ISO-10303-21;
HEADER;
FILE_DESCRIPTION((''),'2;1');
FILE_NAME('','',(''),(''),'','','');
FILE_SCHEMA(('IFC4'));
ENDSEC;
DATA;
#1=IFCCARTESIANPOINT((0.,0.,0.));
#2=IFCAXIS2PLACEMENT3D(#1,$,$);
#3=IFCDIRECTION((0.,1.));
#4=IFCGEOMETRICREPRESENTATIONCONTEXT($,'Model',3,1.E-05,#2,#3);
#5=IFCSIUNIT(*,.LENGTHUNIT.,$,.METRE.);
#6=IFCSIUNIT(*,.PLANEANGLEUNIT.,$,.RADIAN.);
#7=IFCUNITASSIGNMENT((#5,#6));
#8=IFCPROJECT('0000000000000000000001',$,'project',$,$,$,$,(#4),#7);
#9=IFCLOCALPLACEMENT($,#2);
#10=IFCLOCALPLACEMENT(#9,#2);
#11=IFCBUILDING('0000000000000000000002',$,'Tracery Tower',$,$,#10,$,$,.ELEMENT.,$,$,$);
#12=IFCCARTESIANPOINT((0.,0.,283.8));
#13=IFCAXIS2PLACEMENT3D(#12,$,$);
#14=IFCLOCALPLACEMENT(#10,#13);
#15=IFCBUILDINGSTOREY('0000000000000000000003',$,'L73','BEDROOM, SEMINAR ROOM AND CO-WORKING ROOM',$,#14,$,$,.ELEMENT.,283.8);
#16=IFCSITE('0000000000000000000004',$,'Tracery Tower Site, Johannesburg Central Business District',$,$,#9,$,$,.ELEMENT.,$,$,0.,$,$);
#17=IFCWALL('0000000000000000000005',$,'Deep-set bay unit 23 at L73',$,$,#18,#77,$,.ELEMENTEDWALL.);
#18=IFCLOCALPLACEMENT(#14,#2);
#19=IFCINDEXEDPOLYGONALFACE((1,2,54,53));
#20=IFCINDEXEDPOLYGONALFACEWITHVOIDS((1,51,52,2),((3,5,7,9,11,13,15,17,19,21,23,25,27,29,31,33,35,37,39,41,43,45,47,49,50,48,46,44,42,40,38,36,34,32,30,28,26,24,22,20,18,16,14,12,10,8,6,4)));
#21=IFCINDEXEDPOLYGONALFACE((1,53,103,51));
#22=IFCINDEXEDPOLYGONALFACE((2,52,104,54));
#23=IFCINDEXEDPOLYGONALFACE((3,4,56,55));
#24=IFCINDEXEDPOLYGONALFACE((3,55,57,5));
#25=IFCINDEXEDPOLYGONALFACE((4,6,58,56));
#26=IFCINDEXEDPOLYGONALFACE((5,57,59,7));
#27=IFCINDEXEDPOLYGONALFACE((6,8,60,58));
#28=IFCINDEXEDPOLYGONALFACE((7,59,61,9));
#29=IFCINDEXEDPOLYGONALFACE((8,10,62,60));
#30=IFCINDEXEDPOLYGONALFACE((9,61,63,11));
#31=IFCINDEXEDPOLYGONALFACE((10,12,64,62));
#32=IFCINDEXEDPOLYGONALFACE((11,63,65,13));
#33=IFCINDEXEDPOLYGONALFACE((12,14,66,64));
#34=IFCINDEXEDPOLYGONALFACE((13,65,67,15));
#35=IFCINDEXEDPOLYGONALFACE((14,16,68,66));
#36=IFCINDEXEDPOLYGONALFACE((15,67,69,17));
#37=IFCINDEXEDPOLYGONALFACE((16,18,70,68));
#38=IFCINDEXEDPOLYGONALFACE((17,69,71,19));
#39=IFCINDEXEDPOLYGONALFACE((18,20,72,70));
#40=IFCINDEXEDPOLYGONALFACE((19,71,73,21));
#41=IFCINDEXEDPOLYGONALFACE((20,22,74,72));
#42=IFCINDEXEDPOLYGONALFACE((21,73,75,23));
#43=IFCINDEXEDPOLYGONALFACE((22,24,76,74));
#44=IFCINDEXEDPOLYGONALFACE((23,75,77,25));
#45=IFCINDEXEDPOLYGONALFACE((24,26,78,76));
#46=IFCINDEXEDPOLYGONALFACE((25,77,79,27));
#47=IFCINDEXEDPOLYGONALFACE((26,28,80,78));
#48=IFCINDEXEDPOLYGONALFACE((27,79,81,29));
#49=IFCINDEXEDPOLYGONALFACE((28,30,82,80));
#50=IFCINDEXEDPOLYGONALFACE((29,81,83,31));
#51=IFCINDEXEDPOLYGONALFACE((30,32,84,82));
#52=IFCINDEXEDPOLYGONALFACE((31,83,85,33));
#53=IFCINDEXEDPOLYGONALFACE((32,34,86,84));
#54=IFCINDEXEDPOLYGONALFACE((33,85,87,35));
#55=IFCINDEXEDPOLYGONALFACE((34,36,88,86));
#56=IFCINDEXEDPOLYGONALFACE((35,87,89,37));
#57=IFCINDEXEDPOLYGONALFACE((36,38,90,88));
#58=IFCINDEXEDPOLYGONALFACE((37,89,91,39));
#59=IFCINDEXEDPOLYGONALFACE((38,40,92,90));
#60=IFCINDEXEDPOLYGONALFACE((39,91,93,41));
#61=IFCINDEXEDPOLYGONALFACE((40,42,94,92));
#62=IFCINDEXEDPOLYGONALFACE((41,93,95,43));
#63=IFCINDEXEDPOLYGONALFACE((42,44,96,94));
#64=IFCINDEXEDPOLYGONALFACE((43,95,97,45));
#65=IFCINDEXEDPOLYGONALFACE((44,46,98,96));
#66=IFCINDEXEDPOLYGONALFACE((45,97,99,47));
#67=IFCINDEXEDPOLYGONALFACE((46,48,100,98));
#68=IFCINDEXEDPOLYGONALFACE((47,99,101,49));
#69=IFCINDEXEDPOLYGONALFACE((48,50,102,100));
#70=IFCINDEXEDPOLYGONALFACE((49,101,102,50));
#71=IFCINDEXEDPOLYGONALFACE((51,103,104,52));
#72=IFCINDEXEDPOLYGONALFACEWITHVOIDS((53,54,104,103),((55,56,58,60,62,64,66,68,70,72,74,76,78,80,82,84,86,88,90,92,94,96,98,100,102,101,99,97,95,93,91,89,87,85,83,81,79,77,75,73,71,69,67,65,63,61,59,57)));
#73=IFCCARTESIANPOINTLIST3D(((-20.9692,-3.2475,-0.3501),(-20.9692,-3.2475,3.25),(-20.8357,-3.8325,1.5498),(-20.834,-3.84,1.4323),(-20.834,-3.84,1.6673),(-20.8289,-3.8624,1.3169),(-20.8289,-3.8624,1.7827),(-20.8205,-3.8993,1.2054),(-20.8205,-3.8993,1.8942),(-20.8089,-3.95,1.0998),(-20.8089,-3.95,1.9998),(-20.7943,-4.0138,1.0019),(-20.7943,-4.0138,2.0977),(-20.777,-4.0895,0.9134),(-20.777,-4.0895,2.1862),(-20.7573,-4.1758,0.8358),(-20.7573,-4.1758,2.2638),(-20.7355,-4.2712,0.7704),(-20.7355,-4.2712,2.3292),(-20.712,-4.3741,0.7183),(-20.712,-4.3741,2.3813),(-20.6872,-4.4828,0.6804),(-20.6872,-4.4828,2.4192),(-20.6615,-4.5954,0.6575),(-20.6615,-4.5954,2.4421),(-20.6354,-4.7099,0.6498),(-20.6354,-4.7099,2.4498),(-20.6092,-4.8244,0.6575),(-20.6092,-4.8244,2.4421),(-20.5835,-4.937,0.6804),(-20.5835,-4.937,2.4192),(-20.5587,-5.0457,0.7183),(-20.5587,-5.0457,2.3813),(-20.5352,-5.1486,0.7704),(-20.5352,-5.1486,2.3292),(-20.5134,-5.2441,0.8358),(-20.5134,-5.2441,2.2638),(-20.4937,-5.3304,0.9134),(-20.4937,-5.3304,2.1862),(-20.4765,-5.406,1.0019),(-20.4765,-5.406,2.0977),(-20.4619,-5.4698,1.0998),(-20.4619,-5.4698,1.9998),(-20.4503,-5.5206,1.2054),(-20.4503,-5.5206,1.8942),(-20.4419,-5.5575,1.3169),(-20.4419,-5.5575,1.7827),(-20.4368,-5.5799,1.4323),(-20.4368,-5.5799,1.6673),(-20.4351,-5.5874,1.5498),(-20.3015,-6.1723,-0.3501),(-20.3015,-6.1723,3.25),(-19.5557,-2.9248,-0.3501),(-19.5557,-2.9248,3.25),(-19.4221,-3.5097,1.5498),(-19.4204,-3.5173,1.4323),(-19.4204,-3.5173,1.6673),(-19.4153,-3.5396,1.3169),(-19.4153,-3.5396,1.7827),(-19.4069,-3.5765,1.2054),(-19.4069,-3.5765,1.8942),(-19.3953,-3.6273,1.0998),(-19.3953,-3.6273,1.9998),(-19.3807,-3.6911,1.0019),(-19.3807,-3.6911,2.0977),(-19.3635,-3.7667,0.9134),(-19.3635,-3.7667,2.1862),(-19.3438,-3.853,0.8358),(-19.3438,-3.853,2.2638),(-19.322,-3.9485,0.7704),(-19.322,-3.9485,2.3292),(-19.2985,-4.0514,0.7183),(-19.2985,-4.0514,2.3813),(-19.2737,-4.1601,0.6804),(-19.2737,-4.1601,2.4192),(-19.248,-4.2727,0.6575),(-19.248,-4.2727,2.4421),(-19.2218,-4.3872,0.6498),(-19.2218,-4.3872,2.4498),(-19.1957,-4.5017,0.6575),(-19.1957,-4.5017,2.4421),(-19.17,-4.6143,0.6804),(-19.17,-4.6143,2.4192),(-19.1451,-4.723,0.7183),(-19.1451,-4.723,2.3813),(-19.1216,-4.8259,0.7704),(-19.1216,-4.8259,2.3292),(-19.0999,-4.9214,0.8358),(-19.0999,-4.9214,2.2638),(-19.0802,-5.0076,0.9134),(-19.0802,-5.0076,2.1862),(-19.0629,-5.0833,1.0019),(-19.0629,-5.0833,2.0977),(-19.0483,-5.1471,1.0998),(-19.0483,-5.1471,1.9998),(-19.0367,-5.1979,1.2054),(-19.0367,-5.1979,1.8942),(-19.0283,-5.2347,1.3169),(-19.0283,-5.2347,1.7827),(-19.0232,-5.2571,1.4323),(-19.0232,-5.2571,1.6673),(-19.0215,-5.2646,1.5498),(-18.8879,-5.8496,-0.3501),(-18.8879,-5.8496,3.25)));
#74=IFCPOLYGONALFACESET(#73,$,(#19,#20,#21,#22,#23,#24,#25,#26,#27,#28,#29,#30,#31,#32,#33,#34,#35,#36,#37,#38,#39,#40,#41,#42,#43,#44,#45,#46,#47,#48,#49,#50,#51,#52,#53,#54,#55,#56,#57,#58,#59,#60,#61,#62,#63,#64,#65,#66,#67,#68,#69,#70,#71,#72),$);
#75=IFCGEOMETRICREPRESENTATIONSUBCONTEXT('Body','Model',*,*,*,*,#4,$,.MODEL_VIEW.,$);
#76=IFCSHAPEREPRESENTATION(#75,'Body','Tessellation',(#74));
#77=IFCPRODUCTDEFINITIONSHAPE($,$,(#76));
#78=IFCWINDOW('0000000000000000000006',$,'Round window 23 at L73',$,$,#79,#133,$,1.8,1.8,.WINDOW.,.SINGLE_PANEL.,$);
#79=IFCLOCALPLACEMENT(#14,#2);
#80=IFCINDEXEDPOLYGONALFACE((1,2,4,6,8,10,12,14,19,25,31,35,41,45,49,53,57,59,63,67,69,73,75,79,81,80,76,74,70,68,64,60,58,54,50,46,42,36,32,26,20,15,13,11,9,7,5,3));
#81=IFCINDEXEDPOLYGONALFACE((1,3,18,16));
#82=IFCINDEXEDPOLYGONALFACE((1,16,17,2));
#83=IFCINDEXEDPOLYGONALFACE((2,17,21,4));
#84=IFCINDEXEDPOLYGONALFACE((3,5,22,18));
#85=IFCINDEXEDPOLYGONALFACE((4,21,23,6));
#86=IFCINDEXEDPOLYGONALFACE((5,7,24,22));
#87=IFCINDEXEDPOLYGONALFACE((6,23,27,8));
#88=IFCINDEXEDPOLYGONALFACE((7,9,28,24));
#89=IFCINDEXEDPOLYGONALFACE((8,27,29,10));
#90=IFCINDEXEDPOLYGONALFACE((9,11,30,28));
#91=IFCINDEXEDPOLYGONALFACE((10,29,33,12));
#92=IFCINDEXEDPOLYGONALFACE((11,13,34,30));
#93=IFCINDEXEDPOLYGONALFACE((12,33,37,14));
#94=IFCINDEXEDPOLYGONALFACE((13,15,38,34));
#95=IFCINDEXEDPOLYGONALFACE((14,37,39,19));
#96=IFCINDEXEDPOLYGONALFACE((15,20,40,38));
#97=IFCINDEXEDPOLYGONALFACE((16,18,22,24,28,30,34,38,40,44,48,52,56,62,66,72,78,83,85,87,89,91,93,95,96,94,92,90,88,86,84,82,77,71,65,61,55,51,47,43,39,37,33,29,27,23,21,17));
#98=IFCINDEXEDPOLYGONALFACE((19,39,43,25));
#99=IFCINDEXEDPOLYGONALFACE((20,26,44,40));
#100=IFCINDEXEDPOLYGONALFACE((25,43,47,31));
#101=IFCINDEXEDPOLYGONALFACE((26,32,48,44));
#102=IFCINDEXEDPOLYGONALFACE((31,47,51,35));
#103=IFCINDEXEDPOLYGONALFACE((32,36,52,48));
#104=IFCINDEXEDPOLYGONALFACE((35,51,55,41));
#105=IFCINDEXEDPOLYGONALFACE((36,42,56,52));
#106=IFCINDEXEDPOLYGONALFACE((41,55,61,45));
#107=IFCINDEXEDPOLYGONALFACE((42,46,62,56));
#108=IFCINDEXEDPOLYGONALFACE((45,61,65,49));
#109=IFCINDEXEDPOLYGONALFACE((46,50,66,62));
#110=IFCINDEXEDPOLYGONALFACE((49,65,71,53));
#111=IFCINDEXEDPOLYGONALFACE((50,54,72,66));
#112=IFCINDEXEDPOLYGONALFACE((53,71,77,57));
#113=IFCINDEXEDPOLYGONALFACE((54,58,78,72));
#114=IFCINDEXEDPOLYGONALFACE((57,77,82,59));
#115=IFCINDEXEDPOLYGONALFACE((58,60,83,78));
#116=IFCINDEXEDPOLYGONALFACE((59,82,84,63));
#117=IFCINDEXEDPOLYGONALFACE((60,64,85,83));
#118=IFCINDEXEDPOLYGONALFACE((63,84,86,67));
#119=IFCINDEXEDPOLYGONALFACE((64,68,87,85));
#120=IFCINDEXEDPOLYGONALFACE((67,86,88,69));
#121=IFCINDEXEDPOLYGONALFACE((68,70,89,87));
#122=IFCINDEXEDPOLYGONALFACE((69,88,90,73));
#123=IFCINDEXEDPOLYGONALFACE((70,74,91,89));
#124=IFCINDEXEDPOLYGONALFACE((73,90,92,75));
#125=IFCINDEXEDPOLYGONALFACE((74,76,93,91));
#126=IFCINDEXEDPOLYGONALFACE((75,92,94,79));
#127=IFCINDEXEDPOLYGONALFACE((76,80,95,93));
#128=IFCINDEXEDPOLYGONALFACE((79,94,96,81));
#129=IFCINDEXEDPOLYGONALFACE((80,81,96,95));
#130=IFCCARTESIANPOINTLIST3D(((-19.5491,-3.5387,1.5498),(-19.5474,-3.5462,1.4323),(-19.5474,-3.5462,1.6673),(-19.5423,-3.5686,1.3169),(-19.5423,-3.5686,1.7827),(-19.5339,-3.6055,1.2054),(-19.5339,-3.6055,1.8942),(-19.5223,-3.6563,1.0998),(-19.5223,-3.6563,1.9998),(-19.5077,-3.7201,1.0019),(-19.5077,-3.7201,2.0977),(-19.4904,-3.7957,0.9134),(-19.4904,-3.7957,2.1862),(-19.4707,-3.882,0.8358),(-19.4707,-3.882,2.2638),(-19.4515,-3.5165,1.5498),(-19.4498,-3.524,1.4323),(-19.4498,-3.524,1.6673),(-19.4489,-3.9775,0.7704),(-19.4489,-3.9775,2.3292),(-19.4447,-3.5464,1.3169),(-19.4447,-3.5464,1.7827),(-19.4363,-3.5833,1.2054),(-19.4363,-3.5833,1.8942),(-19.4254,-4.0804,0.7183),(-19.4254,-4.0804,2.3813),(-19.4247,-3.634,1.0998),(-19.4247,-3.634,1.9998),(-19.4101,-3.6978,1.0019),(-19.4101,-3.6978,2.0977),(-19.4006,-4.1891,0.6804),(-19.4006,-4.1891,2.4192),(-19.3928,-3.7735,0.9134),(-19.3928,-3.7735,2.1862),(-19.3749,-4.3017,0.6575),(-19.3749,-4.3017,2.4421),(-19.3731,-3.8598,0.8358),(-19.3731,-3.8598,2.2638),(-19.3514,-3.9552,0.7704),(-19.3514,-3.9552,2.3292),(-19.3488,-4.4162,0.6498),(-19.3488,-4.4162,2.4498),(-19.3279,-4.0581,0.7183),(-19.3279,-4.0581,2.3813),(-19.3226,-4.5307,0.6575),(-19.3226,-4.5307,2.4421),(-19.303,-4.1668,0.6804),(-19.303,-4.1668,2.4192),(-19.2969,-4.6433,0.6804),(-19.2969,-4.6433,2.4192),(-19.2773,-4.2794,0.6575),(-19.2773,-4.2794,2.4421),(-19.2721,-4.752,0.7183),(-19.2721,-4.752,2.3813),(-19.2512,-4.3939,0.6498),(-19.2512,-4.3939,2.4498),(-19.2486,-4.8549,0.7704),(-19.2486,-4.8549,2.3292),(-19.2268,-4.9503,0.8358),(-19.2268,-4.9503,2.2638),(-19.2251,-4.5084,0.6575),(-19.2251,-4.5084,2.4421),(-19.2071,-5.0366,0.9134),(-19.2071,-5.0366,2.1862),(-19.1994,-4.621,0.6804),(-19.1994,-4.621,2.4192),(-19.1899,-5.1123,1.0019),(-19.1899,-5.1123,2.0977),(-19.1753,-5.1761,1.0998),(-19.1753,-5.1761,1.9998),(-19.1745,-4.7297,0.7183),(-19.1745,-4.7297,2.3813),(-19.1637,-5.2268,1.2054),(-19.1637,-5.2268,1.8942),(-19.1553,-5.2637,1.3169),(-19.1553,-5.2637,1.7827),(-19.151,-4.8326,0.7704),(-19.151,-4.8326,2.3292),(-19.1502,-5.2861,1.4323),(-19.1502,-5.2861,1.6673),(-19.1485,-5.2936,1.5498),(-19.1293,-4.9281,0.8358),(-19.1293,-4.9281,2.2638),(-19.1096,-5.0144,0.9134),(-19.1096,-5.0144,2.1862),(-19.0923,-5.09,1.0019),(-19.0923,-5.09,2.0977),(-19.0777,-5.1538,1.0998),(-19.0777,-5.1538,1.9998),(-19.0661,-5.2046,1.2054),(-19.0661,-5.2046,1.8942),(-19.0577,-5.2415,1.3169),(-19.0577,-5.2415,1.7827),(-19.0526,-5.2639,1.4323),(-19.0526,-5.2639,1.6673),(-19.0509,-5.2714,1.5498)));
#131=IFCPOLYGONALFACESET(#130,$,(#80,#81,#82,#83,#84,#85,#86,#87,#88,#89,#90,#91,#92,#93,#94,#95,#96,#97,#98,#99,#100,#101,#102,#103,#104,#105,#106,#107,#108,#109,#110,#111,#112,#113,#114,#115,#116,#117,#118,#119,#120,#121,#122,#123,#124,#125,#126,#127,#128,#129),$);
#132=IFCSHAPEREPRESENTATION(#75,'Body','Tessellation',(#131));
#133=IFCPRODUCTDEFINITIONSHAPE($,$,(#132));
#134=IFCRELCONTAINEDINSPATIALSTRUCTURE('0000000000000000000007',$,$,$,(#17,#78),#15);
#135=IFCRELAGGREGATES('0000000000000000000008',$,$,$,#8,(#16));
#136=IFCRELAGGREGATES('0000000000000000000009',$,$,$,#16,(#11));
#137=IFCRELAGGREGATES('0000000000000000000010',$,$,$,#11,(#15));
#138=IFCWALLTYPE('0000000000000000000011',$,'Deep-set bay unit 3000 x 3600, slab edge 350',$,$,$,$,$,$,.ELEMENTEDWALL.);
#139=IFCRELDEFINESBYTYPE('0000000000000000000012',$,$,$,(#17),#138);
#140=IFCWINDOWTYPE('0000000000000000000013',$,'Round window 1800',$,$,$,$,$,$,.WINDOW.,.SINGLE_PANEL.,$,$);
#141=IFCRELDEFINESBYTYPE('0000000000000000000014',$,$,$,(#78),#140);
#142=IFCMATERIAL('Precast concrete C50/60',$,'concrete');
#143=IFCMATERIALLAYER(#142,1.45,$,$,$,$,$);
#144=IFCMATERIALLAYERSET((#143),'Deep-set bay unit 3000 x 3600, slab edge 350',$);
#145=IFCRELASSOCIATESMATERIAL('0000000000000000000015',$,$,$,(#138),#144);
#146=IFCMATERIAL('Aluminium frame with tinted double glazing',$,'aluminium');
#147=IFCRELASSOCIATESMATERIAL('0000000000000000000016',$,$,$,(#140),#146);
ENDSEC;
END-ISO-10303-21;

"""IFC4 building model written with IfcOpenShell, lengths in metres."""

from ifc_helpers import new_model, si_unit, direction, frame, frame_2d, origin, origin_2d, place, context, subcontext, project, spatial, rectangle, circle, extrude, material, layer, layer_set, type_object, element, fill, save


model = new_model("IFC4")

# Units and contexts
model_context = context("Model", 3, precision=1e-05, world=origin(), true_north=direction((0.0, 1.0)))
body_context = subcontext(model_context, "Body", "Model", "MODEL_VIEW")
ifc_project = project(units=[si_unit("LENGTHUNIT", "METRE"), si_unit("PLANEANGLEUNIT", "RADIAN")], contexts=[model_context])

# Site, building, storey
site_placement = place(None, origin())
site = spatial("IfcSite", under=ifc_project, at=site_placement, Name="Tracery Tower Site, Johannesburg Central Business District", CompositionType="ELEMENT", RefElevation=0.0)
building_placement = place(site_placement, origin())
building = spatial("IfcBuilding", under=site, at=building_placement, Name="Tracery Tower", CompositionType="ELEMENT")
storey_placement = place(building_placement, frame((0.0, 0.0, 283.8)))
storey = spatial("IfcBuildingStorey", under=building, at=storey_placement, Name="L73", Description="BEDROOM, SEMINAR ROOM AND CO-WORKING ROOM", CompositionType="ELEMENT", Elevation=283.8)

# Wall, opening, window
ifc_material_1 = material(Name="Precast concrete C50/60", Category="concrete")
ifc_layer_1 = layer(ifc_material_1, 1.45)
ifc_layer_set_1 = layer_set([ifc_layer_1], Name="Deep-set bay unit 3000 x 3600, slab edge 350")
wall_type_1 = type_object("IfcWallType", Name="Deep-set bay unit 3000 x 3600, slab edge 350", PredefinedType="ELEMENTEDWALL", material=ifc_layer_set_1)
wall_1_placement = place(storey_placement, frame((-20.2625, -3.0862, -0.3501), z_axis=(0.0, 0.0, 1.0), x_axis=(0.222571, -0.974917, 0.0)))
wall_1 = element("IfcWall", 1, at=wall_1_placement, inside=storey, type_object=wall_type_1, Name="Deep-set bay unit 23 at L73", PredefinedType="ELEMENTEDWALL", context=body_context, shape_type="SweptSolid", body=[
    extrude(rectangle(XDim=3.0, YDim=1.45, at=frame_2d((1.5, 0.0))), origin(), (0.0, 0.0, 1.0), 3.6001),
])
opening_1_placement = place(wall_1_placement, frame((1.5, 0.0, 1.8999)))
opening_1 = element("IfcOpeningElement", 2, at=opening_1_placement, cuts=wall_1, PredefinedType="OPENING", context=body_context, shape_type="SweptSolid", body=[
    extrude(circle(Radius=0.9, at=origin_2d()), frame((0.0, 0.7349, 0.0), z_axis=(0.0, -1.0, 0.0), x_axis=(1.0, 0.0, 0.0)), (0.0, 0.0, 1.0), 1.47),
])
ifc_material_2 = material(Name="Aluminium frame with tinted double glazing", Category="aluminium")
window_type = type_object("IfcWindowType", Name="Round window 1800", PartitioningType="SINGLE_PANEL", PredefinedType="WINDOW", material=ifc_material_2)
window_1_placement = place(opening_1_placement, origin())
window_1 = element("IfcWindow", 3, at=window_1_placement, inside=storey, type_object=window_type, Name="Round window 23 at L73", OverallHeight=1.8, OverallWidth=1.8, PartitioningType="SINGLE_PANEL", PredefinedType="WINDOW", context=body_context, shape_type="SweptSolid", body=[
    extrude(circle(Radius=0.9, at=origin_2d()), frame((0.0, 0.6948, 0.0), z_axis=(0.0, -1.0, 0.0), x_axis=(1.0, 0.0, 0.0)), (0.0, 0.0, 1.0), 0.1001),
])
fill(opening_1, window_1)

save(model, "model.ifc")
